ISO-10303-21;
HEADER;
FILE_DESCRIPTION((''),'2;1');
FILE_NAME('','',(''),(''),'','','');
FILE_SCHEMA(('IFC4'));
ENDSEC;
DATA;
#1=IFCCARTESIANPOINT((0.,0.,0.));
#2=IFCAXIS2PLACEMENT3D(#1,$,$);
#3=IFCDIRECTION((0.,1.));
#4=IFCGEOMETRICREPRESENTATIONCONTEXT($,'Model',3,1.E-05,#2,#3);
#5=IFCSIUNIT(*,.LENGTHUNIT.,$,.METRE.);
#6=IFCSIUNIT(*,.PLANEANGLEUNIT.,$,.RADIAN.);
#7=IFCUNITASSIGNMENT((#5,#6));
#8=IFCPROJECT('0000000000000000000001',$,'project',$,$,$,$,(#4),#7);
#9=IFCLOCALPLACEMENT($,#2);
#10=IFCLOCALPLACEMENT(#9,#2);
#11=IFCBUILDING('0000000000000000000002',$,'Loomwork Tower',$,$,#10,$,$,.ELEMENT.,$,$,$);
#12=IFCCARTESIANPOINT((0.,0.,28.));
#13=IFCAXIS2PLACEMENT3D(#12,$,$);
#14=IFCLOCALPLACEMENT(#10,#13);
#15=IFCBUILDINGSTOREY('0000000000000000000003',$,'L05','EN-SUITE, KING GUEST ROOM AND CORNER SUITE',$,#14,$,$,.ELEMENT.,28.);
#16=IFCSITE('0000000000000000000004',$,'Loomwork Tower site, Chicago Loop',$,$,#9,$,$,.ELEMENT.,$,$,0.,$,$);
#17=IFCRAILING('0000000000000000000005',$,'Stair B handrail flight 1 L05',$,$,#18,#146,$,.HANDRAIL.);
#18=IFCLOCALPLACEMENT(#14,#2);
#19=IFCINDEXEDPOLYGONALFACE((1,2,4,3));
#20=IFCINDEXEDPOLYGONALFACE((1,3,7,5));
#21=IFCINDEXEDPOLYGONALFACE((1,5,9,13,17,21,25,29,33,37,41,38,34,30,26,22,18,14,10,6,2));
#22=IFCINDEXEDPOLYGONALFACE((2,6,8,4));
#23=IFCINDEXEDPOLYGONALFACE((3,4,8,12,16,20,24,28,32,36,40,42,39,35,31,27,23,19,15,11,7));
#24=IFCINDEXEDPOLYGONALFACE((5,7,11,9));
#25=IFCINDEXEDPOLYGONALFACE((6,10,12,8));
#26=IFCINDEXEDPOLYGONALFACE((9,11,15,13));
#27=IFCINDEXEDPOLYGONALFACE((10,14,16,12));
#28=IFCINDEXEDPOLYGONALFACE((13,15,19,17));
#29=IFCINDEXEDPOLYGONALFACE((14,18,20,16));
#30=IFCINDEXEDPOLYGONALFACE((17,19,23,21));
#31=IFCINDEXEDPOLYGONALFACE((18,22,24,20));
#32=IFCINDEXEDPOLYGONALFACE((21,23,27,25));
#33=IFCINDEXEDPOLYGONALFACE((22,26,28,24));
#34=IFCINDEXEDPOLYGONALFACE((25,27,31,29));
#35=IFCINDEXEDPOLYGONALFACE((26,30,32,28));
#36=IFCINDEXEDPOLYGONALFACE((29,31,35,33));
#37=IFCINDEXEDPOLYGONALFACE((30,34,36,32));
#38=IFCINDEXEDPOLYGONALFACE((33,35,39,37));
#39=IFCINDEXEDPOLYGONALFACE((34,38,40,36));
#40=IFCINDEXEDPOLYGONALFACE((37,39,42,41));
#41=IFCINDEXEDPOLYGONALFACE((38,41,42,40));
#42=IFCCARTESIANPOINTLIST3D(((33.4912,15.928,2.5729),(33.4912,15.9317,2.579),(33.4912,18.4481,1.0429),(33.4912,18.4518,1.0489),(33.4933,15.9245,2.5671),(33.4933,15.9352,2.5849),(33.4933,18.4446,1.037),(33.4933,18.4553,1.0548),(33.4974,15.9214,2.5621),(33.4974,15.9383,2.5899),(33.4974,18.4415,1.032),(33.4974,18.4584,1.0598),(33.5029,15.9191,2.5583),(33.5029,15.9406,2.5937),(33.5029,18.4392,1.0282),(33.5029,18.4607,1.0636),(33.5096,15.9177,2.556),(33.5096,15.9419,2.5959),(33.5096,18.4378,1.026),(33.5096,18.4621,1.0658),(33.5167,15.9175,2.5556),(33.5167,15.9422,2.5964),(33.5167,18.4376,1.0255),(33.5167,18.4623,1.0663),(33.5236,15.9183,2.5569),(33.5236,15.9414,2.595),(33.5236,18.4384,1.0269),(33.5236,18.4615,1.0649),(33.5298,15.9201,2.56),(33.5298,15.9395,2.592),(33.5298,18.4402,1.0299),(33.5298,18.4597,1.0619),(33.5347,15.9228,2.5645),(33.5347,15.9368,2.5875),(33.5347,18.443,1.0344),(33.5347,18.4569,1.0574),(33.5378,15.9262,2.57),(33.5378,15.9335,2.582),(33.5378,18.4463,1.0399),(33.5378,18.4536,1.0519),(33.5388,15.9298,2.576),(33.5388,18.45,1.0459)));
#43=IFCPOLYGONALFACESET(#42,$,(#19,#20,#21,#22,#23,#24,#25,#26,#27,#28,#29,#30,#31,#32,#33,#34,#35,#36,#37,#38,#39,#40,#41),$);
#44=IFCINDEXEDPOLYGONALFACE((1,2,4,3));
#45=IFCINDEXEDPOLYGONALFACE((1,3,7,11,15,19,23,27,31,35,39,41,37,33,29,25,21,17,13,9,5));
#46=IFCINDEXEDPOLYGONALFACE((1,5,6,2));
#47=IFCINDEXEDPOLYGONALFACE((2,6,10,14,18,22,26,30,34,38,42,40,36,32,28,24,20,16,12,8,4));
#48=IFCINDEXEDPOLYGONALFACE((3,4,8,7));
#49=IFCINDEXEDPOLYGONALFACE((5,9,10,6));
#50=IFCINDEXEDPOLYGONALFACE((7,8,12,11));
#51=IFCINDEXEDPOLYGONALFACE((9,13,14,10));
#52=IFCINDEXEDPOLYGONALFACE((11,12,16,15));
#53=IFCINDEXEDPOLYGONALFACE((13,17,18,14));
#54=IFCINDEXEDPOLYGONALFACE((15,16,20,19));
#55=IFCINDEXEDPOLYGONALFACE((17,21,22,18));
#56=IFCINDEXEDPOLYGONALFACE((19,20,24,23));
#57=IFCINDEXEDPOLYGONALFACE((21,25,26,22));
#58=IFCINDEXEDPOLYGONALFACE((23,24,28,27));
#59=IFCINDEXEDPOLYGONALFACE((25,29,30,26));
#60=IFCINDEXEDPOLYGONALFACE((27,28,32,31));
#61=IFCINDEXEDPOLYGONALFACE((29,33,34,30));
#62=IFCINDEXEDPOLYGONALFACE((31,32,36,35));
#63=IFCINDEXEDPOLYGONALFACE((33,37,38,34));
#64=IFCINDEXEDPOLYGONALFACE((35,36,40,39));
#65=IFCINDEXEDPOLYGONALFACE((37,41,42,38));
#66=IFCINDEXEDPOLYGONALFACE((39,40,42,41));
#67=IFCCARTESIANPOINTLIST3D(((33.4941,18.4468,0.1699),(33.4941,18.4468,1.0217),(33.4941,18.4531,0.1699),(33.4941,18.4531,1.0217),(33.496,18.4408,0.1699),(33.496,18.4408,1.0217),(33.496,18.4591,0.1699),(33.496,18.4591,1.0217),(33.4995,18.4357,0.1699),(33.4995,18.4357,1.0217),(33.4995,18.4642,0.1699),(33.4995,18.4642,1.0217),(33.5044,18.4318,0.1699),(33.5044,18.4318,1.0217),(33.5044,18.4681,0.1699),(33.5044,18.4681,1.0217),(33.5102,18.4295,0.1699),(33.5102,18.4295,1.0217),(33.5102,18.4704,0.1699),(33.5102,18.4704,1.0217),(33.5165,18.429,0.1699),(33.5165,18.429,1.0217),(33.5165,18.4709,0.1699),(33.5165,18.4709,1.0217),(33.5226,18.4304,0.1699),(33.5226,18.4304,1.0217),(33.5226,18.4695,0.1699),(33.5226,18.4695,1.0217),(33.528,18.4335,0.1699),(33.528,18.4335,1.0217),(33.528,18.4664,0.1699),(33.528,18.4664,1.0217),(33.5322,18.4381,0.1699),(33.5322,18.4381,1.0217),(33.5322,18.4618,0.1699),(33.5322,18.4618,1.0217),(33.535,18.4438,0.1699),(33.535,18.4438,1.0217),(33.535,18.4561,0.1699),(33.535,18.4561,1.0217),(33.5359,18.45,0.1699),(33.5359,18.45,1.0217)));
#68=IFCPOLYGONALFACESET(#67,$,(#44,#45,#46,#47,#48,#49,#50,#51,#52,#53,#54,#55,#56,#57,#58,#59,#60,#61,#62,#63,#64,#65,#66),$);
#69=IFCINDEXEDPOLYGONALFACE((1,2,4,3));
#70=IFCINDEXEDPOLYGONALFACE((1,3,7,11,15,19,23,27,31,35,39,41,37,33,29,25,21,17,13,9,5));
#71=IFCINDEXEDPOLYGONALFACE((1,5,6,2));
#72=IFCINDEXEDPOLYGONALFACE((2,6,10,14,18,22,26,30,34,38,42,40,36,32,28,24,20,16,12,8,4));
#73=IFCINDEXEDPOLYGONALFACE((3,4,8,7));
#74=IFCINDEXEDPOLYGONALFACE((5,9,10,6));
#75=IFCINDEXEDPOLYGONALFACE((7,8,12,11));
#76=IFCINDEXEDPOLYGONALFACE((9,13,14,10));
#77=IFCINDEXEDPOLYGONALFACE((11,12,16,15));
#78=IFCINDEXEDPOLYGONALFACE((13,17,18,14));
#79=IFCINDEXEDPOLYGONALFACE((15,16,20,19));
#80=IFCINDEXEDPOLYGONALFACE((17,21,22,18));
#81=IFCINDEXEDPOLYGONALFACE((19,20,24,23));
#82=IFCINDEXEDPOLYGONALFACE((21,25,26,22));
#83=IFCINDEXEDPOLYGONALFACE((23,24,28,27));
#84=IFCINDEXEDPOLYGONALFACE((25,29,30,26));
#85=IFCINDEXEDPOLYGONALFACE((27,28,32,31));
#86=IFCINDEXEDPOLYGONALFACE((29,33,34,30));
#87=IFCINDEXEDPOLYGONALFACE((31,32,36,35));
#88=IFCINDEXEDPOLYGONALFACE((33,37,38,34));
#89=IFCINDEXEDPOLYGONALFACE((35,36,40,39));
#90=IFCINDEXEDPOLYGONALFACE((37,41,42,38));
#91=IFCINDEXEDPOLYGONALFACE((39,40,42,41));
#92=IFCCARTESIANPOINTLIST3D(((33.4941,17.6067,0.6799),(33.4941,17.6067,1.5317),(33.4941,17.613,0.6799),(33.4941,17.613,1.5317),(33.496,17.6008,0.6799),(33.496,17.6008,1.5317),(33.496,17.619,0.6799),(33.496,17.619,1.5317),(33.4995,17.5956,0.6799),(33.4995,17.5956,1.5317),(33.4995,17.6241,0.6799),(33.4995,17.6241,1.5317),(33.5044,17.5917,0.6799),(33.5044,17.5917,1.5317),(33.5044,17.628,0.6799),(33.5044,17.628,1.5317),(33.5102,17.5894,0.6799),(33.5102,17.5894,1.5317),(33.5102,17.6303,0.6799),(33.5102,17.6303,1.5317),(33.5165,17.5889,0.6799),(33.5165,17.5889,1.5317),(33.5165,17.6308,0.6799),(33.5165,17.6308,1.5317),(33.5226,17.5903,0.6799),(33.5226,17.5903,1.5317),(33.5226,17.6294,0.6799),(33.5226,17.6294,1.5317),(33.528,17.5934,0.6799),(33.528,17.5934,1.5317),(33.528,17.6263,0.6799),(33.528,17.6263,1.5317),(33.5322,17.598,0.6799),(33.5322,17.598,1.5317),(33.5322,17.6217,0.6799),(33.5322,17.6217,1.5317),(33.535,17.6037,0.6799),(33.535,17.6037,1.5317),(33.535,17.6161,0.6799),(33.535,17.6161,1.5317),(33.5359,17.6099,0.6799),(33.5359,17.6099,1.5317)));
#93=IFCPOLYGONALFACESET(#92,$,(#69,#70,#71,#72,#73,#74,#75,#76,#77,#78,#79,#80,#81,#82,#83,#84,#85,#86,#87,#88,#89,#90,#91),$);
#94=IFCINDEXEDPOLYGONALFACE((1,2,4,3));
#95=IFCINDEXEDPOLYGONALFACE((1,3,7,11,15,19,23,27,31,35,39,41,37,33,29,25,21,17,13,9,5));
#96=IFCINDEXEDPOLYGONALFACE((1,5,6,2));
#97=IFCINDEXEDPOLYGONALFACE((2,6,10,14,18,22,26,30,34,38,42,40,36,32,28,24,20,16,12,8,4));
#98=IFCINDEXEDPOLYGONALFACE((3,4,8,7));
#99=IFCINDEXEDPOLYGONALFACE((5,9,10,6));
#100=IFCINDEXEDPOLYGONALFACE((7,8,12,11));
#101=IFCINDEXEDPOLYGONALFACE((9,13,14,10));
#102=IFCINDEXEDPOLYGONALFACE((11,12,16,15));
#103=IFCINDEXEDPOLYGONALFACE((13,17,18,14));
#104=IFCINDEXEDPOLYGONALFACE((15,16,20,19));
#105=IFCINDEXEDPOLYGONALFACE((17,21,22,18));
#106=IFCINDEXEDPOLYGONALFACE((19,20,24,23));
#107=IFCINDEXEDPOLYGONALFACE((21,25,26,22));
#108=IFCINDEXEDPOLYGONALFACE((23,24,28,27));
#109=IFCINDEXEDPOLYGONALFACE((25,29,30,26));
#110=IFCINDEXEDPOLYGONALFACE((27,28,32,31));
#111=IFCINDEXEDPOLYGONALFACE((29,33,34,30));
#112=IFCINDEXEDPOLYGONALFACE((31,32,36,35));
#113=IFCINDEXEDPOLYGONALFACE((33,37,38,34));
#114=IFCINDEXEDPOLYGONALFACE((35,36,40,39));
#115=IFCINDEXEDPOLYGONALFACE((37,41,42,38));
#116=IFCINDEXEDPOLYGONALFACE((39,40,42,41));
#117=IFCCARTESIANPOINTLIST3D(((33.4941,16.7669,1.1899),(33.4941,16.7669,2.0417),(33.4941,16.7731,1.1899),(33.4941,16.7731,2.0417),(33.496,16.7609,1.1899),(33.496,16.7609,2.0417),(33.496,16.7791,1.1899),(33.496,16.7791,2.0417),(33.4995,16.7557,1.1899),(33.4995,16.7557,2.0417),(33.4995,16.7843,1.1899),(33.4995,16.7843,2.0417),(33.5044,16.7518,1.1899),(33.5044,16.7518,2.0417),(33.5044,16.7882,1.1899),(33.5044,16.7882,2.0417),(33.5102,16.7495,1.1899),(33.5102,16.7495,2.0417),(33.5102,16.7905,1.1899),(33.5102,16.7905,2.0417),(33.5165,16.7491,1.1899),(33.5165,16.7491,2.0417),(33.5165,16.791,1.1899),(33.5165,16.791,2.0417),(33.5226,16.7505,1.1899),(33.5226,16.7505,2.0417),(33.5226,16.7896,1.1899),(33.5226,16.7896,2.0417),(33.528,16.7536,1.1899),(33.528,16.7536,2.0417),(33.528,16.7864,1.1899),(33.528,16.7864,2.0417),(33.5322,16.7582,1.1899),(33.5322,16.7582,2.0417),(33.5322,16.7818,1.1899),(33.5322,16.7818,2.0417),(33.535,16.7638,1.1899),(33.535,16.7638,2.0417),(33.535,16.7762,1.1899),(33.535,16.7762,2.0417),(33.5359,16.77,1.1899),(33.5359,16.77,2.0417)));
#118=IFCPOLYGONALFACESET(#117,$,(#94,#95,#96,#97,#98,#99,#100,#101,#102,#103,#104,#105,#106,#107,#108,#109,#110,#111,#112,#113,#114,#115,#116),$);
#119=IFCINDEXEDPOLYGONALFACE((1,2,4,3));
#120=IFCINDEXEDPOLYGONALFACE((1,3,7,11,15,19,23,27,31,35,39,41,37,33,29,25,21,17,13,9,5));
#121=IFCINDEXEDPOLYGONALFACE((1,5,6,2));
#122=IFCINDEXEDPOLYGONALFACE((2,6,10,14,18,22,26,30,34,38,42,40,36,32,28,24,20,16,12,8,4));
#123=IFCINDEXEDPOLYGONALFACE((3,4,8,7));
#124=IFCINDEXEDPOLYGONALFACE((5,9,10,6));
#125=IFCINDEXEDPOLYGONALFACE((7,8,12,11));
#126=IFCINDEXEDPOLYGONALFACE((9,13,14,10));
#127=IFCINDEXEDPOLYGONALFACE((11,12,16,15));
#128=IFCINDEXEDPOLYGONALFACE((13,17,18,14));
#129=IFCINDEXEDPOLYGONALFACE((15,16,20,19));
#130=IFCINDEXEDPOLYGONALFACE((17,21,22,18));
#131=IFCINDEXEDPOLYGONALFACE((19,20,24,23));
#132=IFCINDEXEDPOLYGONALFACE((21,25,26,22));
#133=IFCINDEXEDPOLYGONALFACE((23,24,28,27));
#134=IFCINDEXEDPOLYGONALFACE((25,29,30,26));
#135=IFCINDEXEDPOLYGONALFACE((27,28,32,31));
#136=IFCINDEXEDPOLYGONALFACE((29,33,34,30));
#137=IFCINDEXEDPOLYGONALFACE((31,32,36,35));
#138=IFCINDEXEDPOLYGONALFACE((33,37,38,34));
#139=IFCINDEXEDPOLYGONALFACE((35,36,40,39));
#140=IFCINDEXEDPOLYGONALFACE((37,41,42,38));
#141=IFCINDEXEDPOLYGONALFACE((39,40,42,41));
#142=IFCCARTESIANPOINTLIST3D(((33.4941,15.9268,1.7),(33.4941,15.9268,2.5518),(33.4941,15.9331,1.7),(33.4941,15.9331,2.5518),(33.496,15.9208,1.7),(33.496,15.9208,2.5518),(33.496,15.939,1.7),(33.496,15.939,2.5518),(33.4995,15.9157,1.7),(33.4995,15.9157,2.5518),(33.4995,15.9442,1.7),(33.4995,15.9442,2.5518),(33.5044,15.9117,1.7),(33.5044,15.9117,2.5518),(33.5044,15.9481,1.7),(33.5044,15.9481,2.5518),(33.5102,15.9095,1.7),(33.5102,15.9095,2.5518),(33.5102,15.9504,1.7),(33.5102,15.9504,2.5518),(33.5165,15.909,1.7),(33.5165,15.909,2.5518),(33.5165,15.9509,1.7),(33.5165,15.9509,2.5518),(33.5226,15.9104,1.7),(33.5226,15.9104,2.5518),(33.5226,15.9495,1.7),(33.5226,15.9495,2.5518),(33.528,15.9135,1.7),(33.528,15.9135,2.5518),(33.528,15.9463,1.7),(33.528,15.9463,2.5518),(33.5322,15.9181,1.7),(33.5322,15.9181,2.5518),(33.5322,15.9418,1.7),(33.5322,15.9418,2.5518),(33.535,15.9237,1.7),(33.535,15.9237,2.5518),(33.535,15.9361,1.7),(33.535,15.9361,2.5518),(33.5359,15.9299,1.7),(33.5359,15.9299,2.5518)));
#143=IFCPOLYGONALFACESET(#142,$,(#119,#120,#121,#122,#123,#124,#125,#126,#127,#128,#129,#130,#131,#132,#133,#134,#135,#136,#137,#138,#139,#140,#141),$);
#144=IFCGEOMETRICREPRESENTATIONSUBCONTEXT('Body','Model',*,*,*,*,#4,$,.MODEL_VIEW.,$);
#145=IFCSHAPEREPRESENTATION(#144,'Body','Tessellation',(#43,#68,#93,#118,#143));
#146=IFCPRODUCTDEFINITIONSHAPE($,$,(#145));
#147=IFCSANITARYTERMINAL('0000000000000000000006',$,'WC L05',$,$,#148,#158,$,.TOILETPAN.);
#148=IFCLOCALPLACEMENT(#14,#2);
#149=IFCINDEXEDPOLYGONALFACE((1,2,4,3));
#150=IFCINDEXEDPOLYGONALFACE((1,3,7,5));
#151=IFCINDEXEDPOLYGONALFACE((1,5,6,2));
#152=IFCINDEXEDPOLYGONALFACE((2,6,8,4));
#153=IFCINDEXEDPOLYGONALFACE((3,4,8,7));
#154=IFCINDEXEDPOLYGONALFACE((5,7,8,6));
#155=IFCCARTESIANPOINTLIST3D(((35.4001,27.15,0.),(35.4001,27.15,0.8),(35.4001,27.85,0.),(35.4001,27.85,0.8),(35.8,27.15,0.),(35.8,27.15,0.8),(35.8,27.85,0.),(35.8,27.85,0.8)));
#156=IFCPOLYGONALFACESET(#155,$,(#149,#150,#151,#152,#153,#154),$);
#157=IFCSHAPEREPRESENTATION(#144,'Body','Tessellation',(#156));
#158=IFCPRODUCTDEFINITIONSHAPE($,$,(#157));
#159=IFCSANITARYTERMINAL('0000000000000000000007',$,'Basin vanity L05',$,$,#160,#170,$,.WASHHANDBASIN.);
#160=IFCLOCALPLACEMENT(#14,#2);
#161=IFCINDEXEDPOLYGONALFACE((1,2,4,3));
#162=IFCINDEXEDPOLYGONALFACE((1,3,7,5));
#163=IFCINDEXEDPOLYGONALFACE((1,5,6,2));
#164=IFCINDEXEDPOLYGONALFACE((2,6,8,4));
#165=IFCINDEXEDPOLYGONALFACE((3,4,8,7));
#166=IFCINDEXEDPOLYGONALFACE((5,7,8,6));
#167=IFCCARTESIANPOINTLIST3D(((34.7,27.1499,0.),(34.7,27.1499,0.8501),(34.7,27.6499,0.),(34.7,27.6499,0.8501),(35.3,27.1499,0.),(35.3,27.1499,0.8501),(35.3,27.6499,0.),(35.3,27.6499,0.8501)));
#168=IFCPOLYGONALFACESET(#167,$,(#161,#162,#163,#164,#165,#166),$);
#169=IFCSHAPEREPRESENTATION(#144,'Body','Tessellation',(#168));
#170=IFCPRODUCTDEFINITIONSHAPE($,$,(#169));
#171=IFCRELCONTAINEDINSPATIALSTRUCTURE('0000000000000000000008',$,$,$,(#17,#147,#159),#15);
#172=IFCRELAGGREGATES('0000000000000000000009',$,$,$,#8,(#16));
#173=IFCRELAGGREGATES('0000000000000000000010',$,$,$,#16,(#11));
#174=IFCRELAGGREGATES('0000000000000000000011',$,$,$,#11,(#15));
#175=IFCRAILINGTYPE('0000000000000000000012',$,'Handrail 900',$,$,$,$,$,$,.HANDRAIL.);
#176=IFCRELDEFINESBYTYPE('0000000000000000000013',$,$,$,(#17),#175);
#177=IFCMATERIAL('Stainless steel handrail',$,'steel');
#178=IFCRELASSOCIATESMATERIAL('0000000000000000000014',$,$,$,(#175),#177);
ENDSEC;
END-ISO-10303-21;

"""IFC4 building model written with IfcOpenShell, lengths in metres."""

from ifc_helpers import new_model, si_unit, direction, frame, origin, origin_2d, place, context, subcontext, project, spatial, rectangle, circle, extrude, material, type_object, element, save


model = new_model("IFC4")

# Units and contexts
model_context = context("Model", 3, precision=1e-05, world=origin(), true_north=direction((0.0, 1.0)))
body_context = subcontext(model_context, "Body", "Model", "MODEL_VIEW")
ifc_project = project(units=[si_unit("LENGTHUNIT", "METRE"), si_unit("PLANEANGLEUNIT", "RADIAN")], contexts=[model_context])

# Site, building, storey
site_placement = place(None, origin())
site = spatial("IfcSite", under=ifc_project, at=site_placement, Name="Loomwork Tower site, Chicago Loop", CompositionType="ELEMENT", RefElevation=0.0)
building_placement = place(site_placement, origin())
building = spatial("IfcBuilding", under=site, at=building_placement, Name="Loomwork Tower", CompositionType="ELEMENT")
storey_placement = place(building_placement, frame((0.0, 0.0, 28.0)))
storey = spatial("IfcBuildingStorey", under=building, at=storey_placement, Name="L05", Description="EN-SUITE, KING GUEST ROOM AND CORNER SUITE", CompositionType="ELEMENT", Elevation=28.0)

# Railing
ifc_material_1 = material(Name="Stainless steel handrail", Category="steel")
railing_type = type_object("IfcRailingType", Name="Handrail 900", PredefinedType="HANDRAIL", material=ifc_material_1)
railing_placement = place(storey_placement, frame((33.5149, 18.45, 0.1699)))
element("IfcRailing", 1, at=railing_placement, inside=storey, type_object=railing_type, Name="Stair B handrail flight 1 L05", PredefinedType="HANDRAIL", context=body_context, shape_type="SweptSolid", body=[
    extrude(circle(Radius=0.0239, at=origin_2d()), frame((0.0, 0.0, 0.876), z_axis=(0.0, -0.854785, 0.518982), x_axis=(1.0, 0.0, 0.0)), (0.0, 0.0, 1.0), 2.9482),
    extrude(circle(Radius=0.021, at=origin_2d()), origin(), (0.0, 0.0, 1.0), 0.8518),
    extrude(circle(Radius=0.021, at=origin_2d()), frame((0.0, -0.8401, 0.51)), (0.0, 0.0, 1.0), 0.8518),
    extrude(circle(Radius=0.021, at=origin_2d()), frame((0.0, -1.6799, 1.02)), (0.0, 0.0, 1.0), 0.8518),
    extrude(circle(Radius=0.021, at=origin_2d()), frame((0.0, -2.52, 1.53)), (0.0, 0.0, 1.0), 0.8518),
])

# Sanitary terminals
sanitary_terminal_1_placement = place(storey_placement, frame((35.6001, 27.5, 0.0), z_axis=(0.0, 0.0, 1.0), x_axis=(1.0, 0.0, 0.0)))
element("IfcSanitaryTerminal", 2, at=sanitary_terminal_1_placement, inside=storey, Name="WC L05", PredefinedType="TOILETPAN", context=body_context, shape_type="SweptSolid", body=[
    extrude(rectangle(XDim=0.3999, YDim=0.7, at=origin_2d()), origin(), (0.0, 0.0, 1.0), 0.8),
])
sanitary_terminal_2_placement = place(storey_placement, frame((35.0, 27.3999, 0.0), z_axis=(0.0, 0.0, 1.0), x_axis=(1.0, 0.0, 0.0)))
element("IfcSanitaryTerminal", 3, at=sanitary_terminal_2_placement, inside=storey, Name="Basin vanity L05", PredefinedType="WASHHANDBASIN", context=body_context, shape_type="SweptSolid", body=[
    extrude(rectangle(XDim=0.6001, YDim=0.5, at=origin_2d()), origin(), (0.0, 0.0, 1.0), 0.8501),
])

save(model, "model.ifc")
